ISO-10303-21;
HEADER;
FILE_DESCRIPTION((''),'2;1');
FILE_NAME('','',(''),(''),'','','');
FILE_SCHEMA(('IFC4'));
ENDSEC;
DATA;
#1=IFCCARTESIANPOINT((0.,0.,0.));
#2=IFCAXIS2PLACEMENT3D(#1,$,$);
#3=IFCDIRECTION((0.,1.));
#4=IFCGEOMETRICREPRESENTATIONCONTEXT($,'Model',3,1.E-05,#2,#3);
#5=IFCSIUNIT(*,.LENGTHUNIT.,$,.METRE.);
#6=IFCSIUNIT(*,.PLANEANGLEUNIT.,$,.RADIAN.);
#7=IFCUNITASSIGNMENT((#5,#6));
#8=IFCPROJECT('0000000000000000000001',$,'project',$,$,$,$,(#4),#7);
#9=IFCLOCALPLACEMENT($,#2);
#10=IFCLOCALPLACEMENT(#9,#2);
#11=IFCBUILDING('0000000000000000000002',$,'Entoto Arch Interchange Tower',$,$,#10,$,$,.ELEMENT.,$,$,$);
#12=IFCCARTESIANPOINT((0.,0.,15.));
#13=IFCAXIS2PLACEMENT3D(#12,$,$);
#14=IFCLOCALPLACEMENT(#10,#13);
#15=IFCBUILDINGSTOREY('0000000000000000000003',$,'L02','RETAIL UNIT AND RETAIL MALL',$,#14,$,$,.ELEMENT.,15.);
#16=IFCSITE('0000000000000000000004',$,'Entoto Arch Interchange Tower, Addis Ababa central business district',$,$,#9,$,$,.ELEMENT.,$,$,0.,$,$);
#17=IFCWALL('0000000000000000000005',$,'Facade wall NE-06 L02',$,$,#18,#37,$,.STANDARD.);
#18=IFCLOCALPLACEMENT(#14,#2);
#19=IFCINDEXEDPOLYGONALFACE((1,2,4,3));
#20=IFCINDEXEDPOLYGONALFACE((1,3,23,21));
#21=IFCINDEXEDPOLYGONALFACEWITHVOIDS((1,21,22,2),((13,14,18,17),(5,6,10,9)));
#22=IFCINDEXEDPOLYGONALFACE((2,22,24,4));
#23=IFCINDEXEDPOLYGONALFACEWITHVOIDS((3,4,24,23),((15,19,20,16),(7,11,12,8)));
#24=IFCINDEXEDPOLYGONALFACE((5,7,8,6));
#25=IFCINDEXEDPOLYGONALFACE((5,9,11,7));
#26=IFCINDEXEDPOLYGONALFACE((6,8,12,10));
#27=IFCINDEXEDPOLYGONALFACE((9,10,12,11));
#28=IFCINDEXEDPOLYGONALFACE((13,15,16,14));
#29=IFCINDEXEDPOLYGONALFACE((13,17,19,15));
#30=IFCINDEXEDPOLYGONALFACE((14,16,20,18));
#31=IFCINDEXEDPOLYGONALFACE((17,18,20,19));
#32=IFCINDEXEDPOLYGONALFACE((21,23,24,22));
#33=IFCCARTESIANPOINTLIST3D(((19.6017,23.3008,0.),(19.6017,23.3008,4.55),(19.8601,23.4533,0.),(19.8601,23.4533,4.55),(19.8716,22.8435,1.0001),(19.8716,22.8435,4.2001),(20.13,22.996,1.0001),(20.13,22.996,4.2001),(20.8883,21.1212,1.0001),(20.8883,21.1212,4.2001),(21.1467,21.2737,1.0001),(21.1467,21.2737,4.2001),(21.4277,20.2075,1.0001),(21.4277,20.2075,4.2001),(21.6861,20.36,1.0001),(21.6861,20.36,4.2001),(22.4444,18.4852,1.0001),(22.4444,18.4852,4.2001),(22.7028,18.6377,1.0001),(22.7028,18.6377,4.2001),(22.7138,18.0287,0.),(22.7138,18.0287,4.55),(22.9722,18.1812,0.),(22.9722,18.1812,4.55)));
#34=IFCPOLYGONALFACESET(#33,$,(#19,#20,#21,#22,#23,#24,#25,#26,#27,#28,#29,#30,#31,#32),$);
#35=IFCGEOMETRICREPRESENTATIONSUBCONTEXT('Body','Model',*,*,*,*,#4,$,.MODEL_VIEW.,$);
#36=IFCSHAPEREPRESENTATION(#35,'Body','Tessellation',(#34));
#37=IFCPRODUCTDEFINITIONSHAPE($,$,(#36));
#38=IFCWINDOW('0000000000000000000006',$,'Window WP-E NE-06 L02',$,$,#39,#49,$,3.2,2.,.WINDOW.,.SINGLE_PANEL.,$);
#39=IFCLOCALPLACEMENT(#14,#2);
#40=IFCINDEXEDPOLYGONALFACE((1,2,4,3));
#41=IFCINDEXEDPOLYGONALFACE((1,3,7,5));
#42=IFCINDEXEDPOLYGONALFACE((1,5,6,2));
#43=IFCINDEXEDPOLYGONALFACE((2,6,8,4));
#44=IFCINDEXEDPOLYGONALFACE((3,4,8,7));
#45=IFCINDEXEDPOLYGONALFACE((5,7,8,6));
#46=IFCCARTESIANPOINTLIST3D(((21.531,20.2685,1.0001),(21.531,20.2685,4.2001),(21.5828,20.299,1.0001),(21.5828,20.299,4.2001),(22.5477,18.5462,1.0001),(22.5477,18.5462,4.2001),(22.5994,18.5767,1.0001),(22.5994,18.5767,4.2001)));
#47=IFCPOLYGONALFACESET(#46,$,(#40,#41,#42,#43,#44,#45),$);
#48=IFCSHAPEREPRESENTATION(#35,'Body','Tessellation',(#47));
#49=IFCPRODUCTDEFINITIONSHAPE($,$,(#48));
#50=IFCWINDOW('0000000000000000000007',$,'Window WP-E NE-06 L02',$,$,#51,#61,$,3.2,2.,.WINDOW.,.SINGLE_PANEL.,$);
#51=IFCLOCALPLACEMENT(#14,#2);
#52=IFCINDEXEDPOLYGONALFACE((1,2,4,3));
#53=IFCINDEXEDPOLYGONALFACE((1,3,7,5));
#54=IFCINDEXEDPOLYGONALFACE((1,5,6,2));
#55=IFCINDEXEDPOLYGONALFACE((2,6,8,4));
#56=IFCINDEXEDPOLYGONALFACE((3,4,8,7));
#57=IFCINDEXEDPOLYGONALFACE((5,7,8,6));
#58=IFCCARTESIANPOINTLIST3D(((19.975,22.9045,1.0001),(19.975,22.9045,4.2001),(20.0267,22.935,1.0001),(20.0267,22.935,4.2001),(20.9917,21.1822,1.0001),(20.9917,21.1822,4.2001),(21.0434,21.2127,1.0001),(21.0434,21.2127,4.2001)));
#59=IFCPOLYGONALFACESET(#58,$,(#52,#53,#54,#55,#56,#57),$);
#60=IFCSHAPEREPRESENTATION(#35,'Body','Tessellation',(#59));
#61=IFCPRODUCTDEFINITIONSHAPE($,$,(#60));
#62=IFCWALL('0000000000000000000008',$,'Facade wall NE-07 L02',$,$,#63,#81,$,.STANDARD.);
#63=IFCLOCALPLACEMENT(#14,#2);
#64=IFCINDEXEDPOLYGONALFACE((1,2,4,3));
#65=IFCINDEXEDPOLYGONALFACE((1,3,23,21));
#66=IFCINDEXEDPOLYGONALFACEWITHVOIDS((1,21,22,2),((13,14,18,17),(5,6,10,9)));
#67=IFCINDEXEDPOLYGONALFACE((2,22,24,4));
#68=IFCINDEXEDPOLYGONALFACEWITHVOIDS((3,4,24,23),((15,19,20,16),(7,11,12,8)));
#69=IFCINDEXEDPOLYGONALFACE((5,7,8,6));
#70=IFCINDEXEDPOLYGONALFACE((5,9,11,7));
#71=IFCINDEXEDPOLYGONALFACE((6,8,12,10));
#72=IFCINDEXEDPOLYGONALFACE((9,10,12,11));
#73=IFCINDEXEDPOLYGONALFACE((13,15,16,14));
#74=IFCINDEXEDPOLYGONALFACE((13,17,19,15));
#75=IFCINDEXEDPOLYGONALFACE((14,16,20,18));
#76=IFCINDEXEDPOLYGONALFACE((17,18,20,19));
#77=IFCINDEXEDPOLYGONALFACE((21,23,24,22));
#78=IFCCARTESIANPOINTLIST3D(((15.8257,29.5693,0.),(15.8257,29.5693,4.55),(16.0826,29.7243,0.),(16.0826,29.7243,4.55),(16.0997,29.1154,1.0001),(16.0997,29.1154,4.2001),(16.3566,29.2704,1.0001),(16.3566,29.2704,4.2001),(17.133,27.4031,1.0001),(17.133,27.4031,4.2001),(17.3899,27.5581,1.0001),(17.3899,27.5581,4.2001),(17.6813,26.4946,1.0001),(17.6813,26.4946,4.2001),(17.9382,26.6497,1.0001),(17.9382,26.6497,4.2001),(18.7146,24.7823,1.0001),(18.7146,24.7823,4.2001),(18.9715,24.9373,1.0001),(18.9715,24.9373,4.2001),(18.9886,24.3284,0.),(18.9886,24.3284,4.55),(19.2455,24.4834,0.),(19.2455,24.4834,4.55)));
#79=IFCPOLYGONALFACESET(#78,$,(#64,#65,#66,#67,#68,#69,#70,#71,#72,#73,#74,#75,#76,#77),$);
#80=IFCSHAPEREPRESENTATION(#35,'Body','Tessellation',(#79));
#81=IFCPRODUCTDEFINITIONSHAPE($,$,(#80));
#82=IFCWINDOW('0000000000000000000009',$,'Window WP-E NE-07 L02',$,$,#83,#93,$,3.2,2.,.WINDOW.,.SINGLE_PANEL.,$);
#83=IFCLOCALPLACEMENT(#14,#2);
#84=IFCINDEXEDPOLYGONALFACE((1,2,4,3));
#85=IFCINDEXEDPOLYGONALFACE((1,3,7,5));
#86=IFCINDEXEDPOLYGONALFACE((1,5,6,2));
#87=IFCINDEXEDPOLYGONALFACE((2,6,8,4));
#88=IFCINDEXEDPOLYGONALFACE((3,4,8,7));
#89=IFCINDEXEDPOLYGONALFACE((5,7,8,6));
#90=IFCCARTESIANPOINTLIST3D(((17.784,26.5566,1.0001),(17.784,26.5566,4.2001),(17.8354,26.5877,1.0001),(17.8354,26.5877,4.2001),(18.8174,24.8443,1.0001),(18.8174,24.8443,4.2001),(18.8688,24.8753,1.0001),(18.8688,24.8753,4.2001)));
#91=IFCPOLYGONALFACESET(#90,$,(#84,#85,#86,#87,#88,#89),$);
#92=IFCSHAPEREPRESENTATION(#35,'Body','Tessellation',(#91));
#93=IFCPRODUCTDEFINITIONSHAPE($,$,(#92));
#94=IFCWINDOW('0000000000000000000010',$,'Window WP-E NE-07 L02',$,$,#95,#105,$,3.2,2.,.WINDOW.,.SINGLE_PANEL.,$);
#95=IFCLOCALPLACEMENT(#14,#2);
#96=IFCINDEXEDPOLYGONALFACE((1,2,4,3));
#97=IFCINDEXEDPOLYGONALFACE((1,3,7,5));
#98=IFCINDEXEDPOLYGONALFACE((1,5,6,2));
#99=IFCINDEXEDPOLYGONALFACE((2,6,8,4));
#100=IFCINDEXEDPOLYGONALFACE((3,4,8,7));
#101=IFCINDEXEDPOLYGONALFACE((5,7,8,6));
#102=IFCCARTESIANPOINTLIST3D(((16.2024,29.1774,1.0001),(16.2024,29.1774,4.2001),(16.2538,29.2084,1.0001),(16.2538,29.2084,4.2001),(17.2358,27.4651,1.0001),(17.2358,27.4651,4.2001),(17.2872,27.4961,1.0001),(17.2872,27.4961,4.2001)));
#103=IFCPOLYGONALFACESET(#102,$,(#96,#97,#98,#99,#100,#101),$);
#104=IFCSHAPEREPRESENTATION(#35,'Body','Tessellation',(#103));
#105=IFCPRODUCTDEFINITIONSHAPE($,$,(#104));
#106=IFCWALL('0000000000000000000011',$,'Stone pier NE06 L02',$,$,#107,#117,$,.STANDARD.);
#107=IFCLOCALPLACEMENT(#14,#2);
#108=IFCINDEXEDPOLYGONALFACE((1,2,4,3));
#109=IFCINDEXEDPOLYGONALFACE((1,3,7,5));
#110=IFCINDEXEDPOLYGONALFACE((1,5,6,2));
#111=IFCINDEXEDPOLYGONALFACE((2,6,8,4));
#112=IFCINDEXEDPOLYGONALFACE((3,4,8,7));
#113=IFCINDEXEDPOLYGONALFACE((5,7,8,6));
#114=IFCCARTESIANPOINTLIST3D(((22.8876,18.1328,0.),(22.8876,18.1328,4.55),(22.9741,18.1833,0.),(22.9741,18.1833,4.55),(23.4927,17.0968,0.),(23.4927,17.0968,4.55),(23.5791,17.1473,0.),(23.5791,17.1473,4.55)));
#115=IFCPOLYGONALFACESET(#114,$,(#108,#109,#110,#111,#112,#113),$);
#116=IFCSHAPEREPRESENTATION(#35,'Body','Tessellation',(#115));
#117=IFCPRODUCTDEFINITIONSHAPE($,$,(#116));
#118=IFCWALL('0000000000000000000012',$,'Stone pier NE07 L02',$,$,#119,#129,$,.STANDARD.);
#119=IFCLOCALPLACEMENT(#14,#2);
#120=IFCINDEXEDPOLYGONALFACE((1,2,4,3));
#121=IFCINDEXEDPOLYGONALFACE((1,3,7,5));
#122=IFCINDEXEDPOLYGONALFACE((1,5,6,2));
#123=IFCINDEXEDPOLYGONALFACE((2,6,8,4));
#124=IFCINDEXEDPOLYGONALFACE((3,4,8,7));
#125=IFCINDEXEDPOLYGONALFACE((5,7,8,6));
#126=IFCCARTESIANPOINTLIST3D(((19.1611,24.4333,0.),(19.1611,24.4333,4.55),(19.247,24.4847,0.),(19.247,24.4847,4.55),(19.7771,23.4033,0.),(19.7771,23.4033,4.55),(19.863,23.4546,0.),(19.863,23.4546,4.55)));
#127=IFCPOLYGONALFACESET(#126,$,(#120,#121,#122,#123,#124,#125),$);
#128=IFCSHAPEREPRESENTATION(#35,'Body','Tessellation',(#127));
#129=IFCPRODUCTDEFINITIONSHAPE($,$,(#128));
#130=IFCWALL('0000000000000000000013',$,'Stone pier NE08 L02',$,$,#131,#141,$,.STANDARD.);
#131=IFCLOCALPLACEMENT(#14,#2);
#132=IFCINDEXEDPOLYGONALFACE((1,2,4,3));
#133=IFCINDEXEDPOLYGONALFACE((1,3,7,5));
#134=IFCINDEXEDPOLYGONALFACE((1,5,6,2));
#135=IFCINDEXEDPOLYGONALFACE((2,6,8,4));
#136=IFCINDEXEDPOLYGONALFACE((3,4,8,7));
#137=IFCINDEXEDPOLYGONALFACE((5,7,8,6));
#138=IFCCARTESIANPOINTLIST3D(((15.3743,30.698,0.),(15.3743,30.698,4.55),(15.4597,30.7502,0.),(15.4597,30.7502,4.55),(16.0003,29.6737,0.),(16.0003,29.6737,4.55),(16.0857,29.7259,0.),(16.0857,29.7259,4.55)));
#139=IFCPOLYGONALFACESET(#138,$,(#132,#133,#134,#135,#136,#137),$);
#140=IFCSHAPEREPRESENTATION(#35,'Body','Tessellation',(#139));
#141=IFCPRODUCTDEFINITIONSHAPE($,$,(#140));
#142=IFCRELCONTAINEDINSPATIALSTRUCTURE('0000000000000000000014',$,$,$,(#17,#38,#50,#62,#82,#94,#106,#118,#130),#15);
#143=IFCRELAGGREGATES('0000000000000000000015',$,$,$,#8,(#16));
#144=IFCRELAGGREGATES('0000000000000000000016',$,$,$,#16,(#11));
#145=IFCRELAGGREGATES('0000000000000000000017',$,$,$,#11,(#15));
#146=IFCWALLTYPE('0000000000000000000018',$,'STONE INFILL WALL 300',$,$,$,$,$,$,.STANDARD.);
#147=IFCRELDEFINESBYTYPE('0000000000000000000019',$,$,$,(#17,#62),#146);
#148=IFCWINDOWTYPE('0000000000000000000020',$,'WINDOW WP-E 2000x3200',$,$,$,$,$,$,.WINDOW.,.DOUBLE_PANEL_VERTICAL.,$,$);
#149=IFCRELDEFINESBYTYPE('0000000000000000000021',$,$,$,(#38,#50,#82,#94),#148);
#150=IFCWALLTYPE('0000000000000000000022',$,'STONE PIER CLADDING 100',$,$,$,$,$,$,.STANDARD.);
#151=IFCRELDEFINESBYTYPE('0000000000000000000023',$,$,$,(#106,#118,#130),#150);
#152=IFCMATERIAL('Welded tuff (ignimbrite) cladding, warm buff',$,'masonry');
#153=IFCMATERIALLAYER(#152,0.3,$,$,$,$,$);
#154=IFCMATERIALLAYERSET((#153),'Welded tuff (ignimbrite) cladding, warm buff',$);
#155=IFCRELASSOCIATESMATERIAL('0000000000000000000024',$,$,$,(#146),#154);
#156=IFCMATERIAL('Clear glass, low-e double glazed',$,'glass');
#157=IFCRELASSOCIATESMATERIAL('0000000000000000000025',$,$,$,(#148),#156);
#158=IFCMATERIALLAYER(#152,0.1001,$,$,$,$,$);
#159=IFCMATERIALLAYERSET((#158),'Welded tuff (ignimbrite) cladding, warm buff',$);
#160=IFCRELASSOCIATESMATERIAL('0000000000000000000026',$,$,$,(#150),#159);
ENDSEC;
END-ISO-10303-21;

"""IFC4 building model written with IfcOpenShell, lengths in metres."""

from ifc_helpers import new_model, si_unit, direction, frame, frame_2d, origin, place, context, subcontext, project, spatial, rectangle, extrude, material, layer, layer_set, type_object, element, fill, save


model = new_model("IFC4")

# Units and contexts
model_context = context("Model", 3, precision=1e-05, world=origin(), true_north=direction((0.0, 1.0)))
body_context = subcontext(model_context, "Body", "Model", "MODEL_VIEW")
ifc_project = project(units=[si_unit("LENGTHUNIT", "METRE"), si_unit("PLANEANGLEUNIT", "RADIAN")], contexts=[model_context])

# Site, building, storey
site_placement = place(None, origin())
site = spatial("IfcSite", under=ifc_project, at=site_placement, Name="Entoto Arch Interchange Tower, Addis Ababa central business district", CompositionType="ELEMENT", RefElevation=0.0)
building_placement = place(site_placement, origin())
building = spatial("IfcBuilding", under=site, at=building_placement, Name="Entoto Arch Interchange Tower", CompositionType="ELEMENT")
storey_placement = place(building_placement, frame((0.0, 0.0, 15.0)))
storey = spatial("IfcBuildingStorey", under=building, at=storey_placement, Name="L02", Description="RETAIL UNIT AND RETAIL MALL", CompositionType="ELEMENT", Elevation=15.0)

# Walls, openings, windows
ifc_material_1 = material(Name="Welded tuff (ignimbrite) cladding, warm buff", Category="masonry")
ifc_layer_1 = layer(ifc_material_1, 0.3)
ifc_layer_set_1 = layer_set([ifc_layer_1], Name="Welded tuff (ignimbrite) cladding, warm buff")
wall_type_1 = type_object("IfcWallType", Name="STONE INFILL WALL 300", PredefinedType="STANDARD", material=ifc_layer_set_1)
ifc_material_2 = material(Name="Clear glass, low-e double glazed", Category="glass")
window_type = type_object("IfcWindowType", Name="WINDOW WP-E 2000x3200", PartitioningType="DOUBLE_PANEL_VERTICAL", PredefinedType="WINDOW", material=ifc_material_2)
wall_1_placement = place(storey_placement, frame((22.843, 18.105, 0.0), z_axis=(0.0, 0.0, 1.0), x_axis=(-0.508342, 0.861155, 0.0)))
wall_1 = element("IfcWall", 1, at=wall_1_placement, inside=storey, type_object=wall_type_1, Name="Facade wall NE-06 L02", PredefinedType="STANDARD", context=body_context, shape_type="SweptSolid", body=[
    extrude(rectangle(XDim=6.1221, YDim=0.3, at=frame_2d((3.061, 0.0))), origin(), (0.0, 0.0, 1.0), 4.55),
])
opening_1_placement = place(wall_1_placement, frame((0.53, 0.0, 1.0)))
opening_1 = element("IfcOpeningElement", 2, at=opening_1_placement, cuts=wall_1, PredefinedType="OPENING", context=body_context, shape_type="SweptSolid", body=[
    extrude(rectangle(XDim=2.0, YDim=3.2, at=frame_2d((1.0, 1.6001))), frame((0.0, 0.1602, 0.0), z_axis=(0.0, -1.0, 0.0), x_axis=(1.0, 0.0, 0.0)), (0.0, 0.0, 1.0), 0.3201),
])
opening_2_placement = place(wall_1_placement, frame((3.5911, 0.0, 1.0)))
opening_2 = element("IfcOpeningElement", 3, at=opening_2_placement, cuts=wall_1, PredefinedType="OPENING", context=body_context, shape_type="SweptSolid", body=[
    extrude(rectangle(XDim=2.0, YDim=3.2, at=frame_2d((1.0, 1.6001))), frame((0.0, 0.1602, 0.0), z_axis=(0.0, -1.0, 0.0), x_axis=(1.0, 0.0, 0.0)), (0.0, 0.0, 1.0), 0.3201),
])
window_1_placement = place(opening_1_placement, origin())
window_1 = element("IfcWindow", 4, at=window_1_placement, inside=storey, type_object=window_type, Name="Window WP-E NE-06 L02", OverallHeight=3.2, OverallWidth=2.0, PartitioningType="SINGLE_PANEL", PredefinedType="WINDOW", context=body_context, shape_type="SweptSolid", body=[
    extrude(rectangle(XDim=2.0, YDim=3.2, at=frame_2d((1.0, 1.6001))), frame((0.0, 0.03, 0.0), z_axis=(0.0, -1.0, 0.0), x_axis=(1.0, 0.0, 0.0)), (0.0, 0.0, 1.0), 0.0601),
])
fill(opening_1, window_1)
window_2_placement = place(opening_2_placement, origin())
window_2 = element("IfcWindow", 5, at=window_2_placement, inside=storey, type_object=window_type, Name="Window WP-E NE-06 L02", OverallHeight=3.2, OverallWidth=2.0, PartitioningType="SINGLE_PANEL", PredefinedType="WINDOW", context=body_context, shape_type="SweptSolid", body=[
    extrude(rectangle(XDim=2.0, YDim=3.2, at=frame_2d((1.0, 1.6001))), frame((0.0, 0.03, 0.0), z_axis=(0.0, -1.0, 0.0), x_axis=(1.0, 0.0, 0.0)), (0.0, 0.0, 1.0), 0.0601),
])
fill(opening_2, window_2)
wall_2_placement = place(storey_placement, frame((19.1169, 24.406, 0.0), z_axis=(0.0, 0.0, 1.0), x_axis=(-0.516688, 0.856174, 0.0)))
wall_2 = element("IfcWall", 6, at=wall_2_placement, inside=storey, type_object=wall_type_1, Name="Facade wall NE-07 L02", PredefinedType="STANDARD", context=body_context, shape_type="SweptSolid", body=[
    extrude(rectangle(XDim=6.1213, YDim=0.3, at=frame_2d((3.0605, 0.0))), origin(), (0.0, 0.0, 1.0), 4.55),
])
opening_3_placement = place(wall_2_placement, frame((0.53, 0.0, 1.0)))
opening_3 = element("IfcOpeningElement", 7, at=opening_3_placement, cuts=wall_2, PredefinedType="OPENING", context=body_context, shape_type="SweptSolid", body=[
    extrude(rectangle(XDim=2.0, YDim=3.2, at=frame_2d((1.0, 1.6001))), frame((0.0, 0.1602, 0.0), z_axis=(0.0, -1.0, 0.0), x_axis=(1.0, 0.0, 0.0)), (0.0, 0.0, 1.0), 0.3201),
])
opening_4_placement = place(wall_2_placement, frame((3.5911, 0.0, 1.0)))
opening_4 = element("IfcOpeningElement", 8, at=opening_4_placement, cuts=wall_2, PredefinedType="OPENING", context=body_context, shape_type="SweptSolid", body=[
    extrude(rectangle(XDim=2.0, YDim=3.2, at=frame_2d((1.0, 1.6001))), frame((0.0, 0.1602, 0.0), z_axis=(0.0, -1.0, 0.0), x_axis=(1.0, 0.0, 0.0)), (0.0, 0.0, 1.0), 0.3201),
])
window_3_placement = place(opening_3_placement, origin())
window_3 = element("IfcWindow", 9, at=window_3_placement, inside=storey, type_object=window_type, Name="Window WP-E NE-07 L02", OverallHeight=3.2, OverallWidth=2.0, PartitioningType="SINGLE_PANEL", PredefinedType="WINDOW", context=body_context, shape_type="SweptSolid", body=[
    extrude(rectangle(XDim=2.0, YDim=3.2, at=frame_2d((1.0, 1.6001))), frame((0.0, 0.03, 0.0), z_axis=(0.0, -1.0, 0.0), x_axis=(1.0, 0.0, 0.0)), (0.0, 0.0, 1.0), 0.0601),
])
fill(opening_3, window_3)
window_4_placement = place(opening_4_placement, origin())
window_4 = element("IfcWindow", 10, at=window_4_placement, inside=storey, type_object=window_type, Name="Window WP-E NE-07 L02", OverallHeight=3.2, OverallWidth=2.0, PartitioningType="SINGLE_PANEL", PredefinedType="WINDOW", context=body_context, shape_type="SweptSolid", body=[
    extrude(rectangle(XDim=2.0, YDim=3.2, at=frame_2d((1.0, 1.6001))), frame((0.0, 0.03, 0.0), z_axis=(0.0, -1.0, 0.0), x_axis=(1.0, 0.0, 0.0)), (0.0, 0.0, 1.0), 0.0601),
])
fill(opening_4, window_4)

# Walls
ifc_layer_2 = layer(ifc_material_1, 0.1001)
ifc_layer_set_2 = layer_set([ifc_layer_2], Name="Welded tuff (ignimbrite) cladding, warm buff")
wall_type_2 = type_object("IfcWallType", Name="STONE PIER CLADDING 100", PredefinedType="STANDARD", material=ifc_layer_set_2)
wall_3_placement = place(storey_placement, frame((23.5359, 17.1221, 0.0), z_axis=(0.0, 0.0, 1.0), x_axis=(-0.504314, 0.86352, 0.0)))
element("IfcWall", 11, at=wall_3_placement, inside=storey, type_object=wall_type_2, Name="Stone pier NE06 L02", PredefinedType="STANDARD", context=body_context, shape_type="SweptSolid", body=[
    extrude(rectangle(XDim=1.1997, YDim=0.1001, at=frame_2d((0.5999, 0.0))), origin(), (0.0, 0.0, 1.0), 4.55),
])
wall_4_placement = place(storey_placement, frame((19.8201, 23.429, 0.0), z_axis=(0.0, 0.0, 1.0), x_axis=(-0.513239, 0.858246, 0.0)))
element("IfcWall", 12, at=wall_4_placement, inside=storey, type_object=wall_type_2, Name="Stone pier NE07 L02", PredefinedType="STANDARD", context=body_context, shape_type="SweptSolid", body=[
    extrude(rectangle(XDim=1.2002, YDim=0.1001, at=frame_2d((0.6001, 0.0))), origin(), (0.0, 0.0, 1.0), 4.55),
])
wall_5_placement = place(storey_placement, frame((16.043, 29.7, 0.0), z_axis=(0.0, 0.0, 1.0), x_axis=(-0.521508, 0.853247, 0.0)))
element("IfcWall", 13, at=wall_5_placement, inside=storey, type_object=wall_type_2, Name="Stone pier NE08 L02", PredefinedType="STANDARD", context=body_context, shape_type="SweptSolid", body=[
    extrude(rectangle(XDim=1.2004, YDim=0.1001, at=frame_2d((0.6001, 0.0))), origin(), (0.0, 0.0, 1.0), 4.55),
])

save(model, "model.ifc")
